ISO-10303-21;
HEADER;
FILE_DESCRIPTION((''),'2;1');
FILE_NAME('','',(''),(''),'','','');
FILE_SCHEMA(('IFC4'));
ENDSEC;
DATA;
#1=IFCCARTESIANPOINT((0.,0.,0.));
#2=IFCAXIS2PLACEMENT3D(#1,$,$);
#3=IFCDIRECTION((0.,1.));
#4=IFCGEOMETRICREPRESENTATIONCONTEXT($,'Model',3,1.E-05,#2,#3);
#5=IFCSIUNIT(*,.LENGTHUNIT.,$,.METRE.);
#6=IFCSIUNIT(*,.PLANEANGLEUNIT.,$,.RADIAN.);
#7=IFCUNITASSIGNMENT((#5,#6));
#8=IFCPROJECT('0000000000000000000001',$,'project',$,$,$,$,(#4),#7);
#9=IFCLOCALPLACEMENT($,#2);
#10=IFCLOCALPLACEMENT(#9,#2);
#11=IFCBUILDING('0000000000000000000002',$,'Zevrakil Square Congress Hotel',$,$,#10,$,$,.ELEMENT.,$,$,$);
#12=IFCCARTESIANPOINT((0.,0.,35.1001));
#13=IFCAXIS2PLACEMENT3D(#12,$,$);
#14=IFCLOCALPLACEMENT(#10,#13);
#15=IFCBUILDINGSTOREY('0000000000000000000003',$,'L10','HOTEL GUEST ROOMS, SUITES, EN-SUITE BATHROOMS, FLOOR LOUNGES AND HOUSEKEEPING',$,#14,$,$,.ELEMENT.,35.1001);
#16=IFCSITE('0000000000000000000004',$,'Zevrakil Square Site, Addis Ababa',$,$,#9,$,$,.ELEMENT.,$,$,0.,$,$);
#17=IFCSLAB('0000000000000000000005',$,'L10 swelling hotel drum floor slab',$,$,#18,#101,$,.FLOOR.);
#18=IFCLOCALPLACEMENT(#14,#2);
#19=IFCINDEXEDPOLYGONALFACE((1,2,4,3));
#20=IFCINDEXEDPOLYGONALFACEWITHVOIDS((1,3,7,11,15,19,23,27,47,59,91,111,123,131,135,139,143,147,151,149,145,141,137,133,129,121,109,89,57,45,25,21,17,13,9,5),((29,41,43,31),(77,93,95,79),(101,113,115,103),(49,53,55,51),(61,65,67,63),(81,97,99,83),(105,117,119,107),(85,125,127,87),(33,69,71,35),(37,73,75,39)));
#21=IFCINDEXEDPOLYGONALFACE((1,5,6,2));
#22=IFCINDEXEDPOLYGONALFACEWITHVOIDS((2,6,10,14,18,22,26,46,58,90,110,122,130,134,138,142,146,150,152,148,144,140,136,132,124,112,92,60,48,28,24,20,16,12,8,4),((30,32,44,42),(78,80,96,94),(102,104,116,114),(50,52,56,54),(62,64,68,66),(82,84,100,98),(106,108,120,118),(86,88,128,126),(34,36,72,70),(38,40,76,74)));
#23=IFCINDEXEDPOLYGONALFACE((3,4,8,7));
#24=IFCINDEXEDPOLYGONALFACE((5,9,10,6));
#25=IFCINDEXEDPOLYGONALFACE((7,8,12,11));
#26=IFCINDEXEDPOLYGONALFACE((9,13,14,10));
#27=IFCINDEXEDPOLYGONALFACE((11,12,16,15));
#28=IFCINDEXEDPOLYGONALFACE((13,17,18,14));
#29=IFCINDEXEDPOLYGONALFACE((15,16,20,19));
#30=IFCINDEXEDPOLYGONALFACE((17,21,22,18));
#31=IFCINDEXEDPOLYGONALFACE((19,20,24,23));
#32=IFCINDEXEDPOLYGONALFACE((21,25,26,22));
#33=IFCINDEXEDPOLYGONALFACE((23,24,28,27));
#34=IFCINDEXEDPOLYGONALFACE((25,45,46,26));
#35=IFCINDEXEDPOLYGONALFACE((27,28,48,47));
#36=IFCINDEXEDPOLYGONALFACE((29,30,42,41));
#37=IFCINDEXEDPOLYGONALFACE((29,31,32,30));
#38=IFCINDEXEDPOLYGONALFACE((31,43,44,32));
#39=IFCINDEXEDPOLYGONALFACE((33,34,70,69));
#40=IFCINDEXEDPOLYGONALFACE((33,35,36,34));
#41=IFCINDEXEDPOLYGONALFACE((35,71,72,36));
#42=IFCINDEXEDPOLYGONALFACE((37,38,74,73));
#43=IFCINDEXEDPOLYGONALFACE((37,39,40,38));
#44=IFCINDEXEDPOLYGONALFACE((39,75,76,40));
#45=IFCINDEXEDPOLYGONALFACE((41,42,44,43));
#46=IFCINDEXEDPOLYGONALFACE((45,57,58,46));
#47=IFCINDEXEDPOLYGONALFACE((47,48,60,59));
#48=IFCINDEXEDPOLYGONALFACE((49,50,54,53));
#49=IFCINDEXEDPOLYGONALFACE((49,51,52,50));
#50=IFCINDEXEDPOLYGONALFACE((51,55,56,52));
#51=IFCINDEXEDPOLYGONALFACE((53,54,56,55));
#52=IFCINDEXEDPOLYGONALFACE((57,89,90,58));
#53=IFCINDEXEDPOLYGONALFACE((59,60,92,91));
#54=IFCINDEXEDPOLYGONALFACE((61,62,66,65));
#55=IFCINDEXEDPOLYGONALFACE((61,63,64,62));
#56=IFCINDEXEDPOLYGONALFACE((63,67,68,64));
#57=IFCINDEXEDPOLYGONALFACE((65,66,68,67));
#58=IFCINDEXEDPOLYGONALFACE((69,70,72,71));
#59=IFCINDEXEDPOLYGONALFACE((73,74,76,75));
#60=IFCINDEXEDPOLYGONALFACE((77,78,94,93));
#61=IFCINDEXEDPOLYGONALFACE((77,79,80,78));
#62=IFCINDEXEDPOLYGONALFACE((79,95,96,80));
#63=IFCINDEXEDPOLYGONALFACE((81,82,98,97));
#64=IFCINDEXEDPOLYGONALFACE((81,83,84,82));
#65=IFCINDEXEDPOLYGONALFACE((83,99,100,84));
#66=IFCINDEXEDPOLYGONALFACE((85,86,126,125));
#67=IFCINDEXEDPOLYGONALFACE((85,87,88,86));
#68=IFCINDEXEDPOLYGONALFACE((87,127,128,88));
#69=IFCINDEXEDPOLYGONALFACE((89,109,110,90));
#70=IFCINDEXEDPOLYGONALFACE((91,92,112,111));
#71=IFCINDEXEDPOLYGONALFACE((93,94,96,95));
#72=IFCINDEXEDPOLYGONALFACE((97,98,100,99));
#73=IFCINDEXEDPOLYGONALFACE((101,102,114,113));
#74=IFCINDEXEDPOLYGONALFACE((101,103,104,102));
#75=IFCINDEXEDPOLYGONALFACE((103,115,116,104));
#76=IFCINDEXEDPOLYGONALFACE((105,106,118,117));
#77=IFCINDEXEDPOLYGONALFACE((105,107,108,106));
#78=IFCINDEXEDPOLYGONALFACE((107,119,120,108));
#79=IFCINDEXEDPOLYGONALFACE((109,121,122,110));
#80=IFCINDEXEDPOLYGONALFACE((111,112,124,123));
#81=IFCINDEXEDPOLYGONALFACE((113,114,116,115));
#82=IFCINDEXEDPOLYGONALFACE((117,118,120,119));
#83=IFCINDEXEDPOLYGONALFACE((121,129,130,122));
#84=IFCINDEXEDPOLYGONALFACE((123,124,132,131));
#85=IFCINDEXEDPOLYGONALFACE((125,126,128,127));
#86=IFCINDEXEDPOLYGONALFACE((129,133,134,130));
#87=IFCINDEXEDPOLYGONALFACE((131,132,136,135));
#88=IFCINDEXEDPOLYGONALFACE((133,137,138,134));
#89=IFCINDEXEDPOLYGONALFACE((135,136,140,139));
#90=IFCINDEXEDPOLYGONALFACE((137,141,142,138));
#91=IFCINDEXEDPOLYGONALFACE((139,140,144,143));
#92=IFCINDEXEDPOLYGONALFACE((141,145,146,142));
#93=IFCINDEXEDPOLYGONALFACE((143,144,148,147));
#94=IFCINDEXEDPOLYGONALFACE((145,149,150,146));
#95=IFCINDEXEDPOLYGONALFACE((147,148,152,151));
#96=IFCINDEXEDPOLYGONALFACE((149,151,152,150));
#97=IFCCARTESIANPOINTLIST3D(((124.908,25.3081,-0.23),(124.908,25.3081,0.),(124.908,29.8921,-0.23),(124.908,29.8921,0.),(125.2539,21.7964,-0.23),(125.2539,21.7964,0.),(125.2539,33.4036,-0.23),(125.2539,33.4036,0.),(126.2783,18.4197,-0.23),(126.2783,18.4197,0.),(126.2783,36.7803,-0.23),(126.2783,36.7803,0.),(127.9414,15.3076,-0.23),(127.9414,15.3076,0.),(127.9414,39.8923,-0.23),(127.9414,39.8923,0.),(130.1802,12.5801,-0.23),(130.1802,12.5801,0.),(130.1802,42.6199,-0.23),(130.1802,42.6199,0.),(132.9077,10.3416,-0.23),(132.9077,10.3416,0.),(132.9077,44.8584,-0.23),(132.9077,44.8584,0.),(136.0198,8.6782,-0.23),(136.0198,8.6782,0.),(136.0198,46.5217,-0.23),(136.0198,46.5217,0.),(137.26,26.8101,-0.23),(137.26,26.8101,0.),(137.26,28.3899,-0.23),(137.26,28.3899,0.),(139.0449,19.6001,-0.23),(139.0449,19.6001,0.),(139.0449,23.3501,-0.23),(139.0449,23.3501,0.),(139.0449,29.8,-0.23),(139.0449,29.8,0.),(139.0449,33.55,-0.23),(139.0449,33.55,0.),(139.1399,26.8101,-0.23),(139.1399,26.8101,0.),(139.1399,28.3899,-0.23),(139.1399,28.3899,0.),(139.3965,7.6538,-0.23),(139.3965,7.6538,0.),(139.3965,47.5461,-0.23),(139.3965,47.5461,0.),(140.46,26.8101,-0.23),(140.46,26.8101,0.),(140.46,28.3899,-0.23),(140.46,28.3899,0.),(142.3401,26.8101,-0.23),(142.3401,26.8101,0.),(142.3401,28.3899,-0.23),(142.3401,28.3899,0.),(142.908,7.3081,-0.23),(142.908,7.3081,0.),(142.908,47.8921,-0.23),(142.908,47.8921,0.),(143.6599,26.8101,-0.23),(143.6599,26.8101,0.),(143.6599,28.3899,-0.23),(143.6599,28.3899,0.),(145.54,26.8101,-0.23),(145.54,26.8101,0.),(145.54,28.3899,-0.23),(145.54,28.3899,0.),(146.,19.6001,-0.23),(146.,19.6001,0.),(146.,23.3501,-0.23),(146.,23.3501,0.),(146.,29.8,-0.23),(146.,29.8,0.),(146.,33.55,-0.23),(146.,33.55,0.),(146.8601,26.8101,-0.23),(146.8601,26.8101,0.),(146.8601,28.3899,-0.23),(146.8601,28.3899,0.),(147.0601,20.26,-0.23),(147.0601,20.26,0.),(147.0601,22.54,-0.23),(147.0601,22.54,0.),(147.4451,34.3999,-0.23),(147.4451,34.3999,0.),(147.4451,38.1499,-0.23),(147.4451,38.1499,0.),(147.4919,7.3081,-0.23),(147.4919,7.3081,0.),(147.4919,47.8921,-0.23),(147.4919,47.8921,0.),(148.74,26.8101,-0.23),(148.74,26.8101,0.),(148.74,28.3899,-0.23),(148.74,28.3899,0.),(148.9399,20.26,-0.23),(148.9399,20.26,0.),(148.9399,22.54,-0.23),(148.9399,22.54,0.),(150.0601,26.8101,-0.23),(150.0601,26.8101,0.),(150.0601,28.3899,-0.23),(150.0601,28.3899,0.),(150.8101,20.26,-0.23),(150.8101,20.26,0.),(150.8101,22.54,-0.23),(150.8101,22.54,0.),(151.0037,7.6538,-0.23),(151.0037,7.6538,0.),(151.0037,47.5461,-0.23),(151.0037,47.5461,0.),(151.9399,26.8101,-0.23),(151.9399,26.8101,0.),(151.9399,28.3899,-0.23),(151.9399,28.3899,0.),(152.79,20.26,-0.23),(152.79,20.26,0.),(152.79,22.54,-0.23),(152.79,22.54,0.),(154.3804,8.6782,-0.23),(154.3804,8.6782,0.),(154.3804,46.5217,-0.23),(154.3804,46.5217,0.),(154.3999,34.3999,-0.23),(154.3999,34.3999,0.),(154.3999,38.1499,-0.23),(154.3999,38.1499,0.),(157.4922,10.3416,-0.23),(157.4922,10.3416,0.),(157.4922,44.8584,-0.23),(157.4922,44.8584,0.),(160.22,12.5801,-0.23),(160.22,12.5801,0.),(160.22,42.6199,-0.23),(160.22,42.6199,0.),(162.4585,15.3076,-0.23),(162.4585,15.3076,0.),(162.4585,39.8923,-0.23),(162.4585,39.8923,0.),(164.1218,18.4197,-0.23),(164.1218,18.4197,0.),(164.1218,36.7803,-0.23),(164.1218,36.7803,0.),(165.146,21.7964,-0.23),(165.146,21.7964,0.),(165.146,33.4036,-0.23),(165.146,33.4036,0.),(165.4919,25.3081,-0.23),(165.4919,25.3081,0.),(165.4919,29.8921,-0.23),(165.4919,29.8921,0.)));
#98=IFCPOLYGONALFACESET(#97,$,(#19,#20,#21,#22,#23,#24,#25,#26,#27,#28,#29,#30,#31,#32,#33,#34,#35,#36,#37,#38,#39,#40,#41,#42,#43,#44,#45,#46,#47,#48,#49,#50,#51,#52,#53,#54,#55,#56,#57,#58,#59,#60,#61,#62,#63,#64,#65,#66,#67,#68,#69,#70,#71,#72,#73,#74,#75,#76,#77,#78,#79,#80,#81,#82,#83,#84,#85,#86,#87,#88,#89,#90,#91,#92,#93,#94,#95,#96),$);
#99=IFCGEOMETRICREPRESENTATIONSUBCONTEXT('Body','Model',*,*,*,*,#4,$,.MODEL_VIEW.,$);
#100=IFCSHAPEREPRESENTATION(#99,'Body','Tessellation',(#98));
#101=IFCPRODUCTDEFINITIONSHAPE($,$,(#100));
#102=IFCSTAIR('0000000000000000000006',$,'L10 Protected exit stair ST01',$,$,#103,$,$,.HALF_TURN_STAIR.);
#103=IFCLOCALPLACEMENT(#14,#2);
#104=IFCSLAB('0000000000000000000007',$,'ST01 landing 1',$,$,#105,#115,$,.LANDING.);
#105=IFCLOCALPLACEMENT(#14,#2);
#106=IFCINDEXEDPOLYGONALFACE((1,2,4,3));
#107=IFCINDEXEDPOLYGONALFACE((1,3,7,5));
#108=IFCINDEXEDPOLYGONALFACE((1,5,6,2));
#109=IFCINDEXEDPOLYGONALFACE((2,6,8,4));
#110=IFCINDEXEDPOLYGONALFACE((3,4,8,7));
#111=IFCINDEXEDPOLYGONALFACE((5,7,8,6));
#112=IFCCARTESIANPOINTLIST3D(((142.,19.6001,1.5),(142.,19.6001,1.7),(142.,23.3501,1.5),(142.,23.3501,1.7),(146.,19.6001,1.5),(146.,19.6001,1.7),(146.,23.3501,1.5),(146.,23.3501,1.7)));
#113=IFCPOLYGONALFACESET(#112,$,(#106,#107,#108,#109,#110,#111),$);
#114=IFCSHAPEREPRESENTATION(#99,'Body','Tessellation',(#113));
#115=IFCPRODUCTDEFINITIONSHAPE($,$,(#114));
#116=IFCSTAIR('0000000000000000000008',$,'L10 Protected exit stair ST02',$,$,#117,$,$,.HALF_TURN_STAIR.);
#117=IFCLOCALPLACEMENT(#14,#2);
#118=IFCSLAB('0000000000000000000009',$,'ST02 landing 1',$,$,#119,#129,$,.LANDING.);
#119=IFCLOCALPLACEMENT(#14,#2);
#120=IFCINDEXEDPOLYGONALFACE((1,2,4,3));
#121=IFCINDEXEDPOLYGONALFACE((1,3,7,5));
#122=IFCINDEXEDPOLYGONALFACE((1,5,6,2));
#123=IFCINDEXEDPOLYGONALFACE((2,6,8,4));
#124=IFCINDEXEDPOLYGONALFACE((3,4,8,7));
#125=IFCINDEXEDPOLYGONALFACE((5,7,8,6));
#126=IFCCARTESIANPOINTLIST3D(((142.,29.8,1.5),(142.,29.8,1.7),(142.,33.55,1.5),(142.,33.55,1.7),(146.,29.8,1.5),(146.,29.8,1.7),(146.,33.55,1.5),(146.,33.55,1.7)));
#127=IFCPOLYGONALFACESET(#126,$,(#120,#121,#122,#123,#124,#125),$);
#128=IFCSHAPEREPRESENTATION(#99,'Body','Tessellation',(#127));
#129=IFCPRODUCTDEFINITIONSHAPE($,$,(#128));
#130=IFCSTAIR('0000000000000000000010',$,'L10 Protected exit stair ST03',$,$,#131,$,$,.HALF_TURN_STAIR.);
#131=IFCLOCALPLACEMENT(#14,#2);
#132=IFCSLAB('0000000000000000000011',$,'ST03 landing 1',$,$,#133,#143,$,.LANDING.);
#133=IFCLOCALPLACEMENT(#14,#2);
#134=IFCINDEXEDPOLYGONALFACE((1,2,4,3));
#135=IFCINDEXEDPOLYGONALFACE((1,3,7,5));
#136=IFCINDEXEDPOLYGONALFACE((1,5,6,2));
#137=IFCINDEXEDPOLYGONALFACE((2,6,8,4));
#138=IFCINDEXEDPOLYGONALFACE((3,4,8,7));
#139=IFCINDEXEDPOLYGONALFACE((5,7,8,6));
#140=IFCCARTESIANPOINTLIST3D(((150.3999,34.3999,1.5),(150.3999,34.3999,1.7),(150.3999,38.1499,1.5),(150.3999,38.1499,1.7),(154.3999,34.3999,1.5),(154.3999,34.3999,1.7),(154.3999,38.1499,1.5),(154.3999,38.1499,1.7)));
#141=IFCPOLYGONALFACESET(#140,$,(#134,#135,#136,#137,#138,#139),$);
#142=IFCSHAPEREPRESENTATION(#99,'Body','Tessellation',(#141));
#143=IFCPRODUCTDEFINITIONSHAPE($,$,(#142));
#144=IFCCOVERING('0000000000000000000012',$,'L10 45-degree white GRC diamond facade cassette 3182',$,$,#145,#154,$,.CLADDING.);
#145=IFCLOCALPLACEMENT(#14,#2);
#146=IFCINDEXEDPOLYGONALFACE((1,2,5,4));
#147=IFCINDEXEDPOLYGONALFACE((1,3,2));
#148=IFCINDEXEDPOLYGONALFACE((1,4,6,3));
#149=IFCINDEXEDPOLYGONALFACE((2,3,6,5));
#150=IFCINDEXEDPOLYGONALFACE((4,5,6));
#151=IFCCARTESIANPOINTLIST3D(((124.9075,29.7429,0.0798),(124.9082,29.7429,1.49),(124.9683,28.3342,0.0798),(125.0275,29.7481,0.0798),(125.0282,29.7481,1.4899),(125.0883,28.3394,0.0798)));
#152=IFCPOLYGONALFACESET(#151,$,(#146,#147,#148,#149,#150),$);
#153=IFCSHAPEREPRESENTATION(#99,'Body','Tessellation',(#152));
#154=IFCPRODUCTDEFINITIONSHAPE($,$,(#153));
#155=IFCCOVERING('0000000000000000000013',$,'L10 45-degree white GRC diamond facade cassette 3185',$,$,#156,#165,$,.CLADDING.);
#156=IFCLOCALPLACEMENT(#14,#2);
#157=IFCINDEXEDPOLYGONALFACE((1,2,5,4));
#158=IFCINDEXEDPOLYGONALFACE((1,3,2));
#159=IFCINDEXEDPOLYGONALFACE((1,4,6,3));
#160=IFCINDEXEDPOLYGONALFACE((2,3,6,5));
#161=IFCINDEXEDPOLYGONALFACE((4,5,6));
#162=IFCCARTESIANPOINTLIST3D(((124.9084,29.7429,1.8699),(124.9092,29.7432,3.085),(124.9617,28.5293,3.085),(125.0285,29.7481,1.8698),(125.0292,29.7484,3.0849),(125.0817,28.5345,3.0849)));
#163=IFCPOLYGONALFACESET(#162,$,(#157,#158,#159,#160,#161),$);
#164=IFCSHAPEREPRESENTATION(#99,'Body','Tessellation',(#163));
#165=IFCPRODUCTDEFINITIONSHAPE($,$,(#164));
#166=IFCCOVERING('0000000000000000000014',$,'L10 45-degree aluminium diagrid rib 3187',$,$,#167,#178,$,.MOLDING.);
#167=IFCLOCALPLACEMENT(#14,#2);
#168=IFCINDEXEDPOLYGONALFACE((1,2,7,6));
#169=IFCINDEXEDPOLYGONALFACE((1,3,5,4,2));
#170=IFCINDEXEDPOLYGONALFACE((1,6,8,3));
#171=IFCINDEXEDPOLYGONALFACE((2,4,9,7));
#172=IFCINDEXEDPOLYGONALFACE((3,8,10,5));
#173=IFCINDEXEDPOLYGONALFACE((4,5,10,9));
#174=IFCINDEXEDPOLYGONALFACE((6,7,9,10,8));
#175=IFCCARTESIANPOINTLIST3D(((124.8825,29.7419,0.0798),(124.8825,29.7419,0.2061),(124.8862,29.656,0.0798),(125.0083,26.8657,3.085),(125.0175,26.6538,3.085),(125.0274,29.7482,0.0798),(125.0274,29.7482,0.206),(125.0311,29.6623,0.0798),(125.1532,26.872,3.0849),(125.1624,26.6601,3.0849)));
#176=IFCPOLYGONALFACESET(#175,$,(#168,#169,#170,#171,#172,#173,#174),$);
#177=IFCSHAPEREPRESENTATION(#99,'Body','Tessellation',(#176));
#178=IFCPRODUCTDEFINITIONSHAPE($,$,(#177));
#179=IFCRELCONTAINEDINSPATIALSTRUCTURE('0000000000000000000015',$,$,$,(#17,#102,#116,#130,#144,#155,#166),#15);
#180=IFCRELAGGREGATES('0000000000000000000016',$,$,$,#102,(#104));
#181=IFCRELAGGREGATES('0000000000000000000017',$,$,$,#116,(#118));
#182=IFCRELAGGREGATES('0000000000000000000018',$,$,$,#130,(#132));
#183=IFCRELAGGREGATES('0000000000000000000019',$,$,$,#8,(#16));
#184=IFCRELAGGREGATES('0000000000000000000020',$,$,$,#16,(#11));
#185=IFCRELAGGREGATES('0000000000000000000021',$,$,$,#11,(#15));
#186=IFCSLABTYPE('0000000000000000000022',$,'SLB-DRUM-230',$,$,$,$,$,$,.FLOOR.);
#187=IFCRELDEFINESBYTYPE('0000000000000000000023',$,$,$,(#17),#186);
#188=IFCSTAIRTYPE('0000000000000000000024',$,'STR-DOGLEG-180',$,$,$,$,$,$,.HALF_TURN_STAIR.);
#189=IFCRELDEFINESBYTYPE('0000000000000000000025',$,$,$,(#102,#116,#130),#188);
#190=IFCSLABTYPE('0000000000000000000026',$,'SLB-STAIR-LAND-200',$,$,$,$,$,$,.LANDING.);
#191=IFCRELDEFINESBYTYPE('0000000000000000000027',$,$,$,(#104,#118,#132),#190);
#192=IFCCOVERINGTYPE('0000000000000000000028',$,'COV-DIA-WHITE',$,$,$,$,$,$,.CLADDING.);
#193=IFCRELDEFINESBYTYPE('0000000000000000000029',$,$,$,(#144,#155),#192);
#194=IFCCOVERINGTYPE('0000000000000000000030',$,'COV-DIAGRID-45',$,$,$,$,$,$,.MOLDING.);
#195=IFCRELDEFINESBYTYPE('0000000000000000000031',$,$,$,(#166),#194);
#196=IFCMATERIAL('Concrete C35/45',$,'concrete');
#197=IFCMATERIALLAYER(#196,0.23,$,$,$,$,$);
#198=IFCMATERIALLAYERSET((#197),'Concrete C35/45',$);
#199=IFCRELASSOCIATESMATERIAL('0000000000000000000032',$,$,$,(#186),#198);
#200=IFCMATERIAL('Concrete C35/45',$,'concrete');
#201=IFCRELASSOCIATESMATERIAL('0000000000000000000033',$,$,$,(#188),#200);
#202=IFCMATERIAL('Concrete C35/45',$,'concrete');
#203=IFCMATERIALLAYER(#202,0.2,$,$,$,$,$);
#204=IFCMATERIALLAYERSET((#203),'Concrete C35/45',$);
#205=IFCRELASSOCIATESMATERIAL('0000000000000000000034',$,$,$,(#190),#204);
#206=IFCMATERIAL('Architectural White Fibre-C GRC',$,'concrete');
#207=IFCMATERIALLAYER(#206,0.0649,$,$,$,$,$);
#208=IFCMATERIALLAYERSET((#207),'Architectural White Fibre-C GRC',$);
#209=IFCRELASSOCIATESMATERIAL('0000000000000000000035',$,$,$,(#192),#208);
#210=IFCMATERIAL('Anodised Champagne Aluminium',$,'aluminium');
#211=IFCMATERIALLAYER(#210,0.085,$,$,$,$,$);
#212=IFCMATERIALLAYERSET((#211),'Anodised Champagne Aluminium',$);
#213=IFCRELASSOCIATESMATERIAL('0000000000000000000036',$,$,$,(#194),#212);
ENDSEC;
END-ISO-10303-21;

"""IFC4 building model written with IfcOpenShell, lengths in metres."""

from ifc_helpers import new_model, si_unit, direction, frame, origin, place, context, subcontext, project, spatial, polyline, outline, extrude, material, layer, layer_set, type_object, element, aggregate, save


model = new_model("IFC4")

# Units and contexts
model_context = context("Model", 3, precision=1e-05, world=origin(), true_north=direction((0.0, 1.0)))
body_context = subcontext(model_context, "Body", "Model", "MODEL_VIEW")
ifc_project = project(units=[si_unit("LENGTHUNIT", "METRE"), si_unit("PLANEANGLEUNIT", "RADIAN")], contexts=[model_context])

# Site, building, storey
site_placement = place(None, origin())
site = spatial("IfcSite", under=ifc_project, at=site_placement, Name="Zevrakil Square Site, Addis Ababa", CompositionType="ELEMENT", RefElevation=0.0)
building_placement = place(site_placement, origin())
building = spatial("IfcBuilding", under=site, at=building_placement, Name="Zevrakil Square Congress Hotel", CompositionType="ELEMENT")
storey_placement = place(building_placement, frame((0.0, 0.0, 35.1001)))
storey = spatial("IfcBuildingStorey", under=building, at=storey_placement, Name="L10", Description="HOTEL GUEST ROOMS, SUITES, EN-SUITE BATHROOMS, FLOOR LOUNGES AND HOUSEKEEPING", CompositionType="ELEMENT", Elevation=35.1001)

# Slab
ifc_material_1 = material(Name="Concrete C35/45", Category="concrete")
ifc_layer_1 = layer(ifc_material_1, 0.23)
ifc_layer_set_1 = layer_set([ifc_layer_1], Name="Concrete C35/45")
slab_type_1 = type_object("IfcSlabType", Name="SLB-DRUM-230", PredefinedType="FLOOR", material=ifc_layer_set_1)
slab_1_placement = place(storey_placement, frame((0.0, 0.0, -0.23)))
element("IfcSlab", 1, at=slab_1_placement, inside=storey, type_object=slab_type_1, Name="L10 swelling hotel drum floor slab", PredefinedType="FLOOR", context=body_context, shape_type="SweptSolid", body=[
    extrude(outline(polyline([(147.4919, 7.3081), (151.0037, 7.6538), (154.3804, 8.6782), (157.4922, 10.3416), (160.22, 12.5801), (162.4585, 15.3076), (164.1218, 18.4197), (165.146, 21.7964), (165.4919, 25.3081), (165.4919, 29.8921), (165.146, 33.4036), (164.1218, 36.7803), (162.4585, 39.8923), (160.22, 42.6199), (157.4922, 44.8584), (154.3804, 46.5217), (151.0037, 47.5461), (147.4919, 47.8921), (142.908, 47.8921), (139.3965, 47.5461), (136.0198, 46.5217), (132.9077, 44.8584), (130.1802, 42.6199), (127.9414, 39.8923), (126.2783, 36.7803), (125.2539, 33.4036), (124.908, 29.8921), (124.908, 25.3081), (125.2539, 21.7964), (126.2783, 18.4197), (127.9414, 15.3076), (130.1802, 12.5801), (132.9077, 10.3416), (136.0198, 8.6782), (139.3965, 7.6538), (142.908, 7.3081), (147.4919, 7.3081)]), holes=[polyline([(139.0449, 19.6001), (146.0, 19.6001), (146.0, 23.3501), (139.0449, 23.3501), (139.0449, 19.6001)]), polyline([(139.0449, 29.8), (146.0, 29.8), (146.0, 33.55), (139.0449, 33.55), (139.0449, 29.8)]), polyline([(147.4451, 34.3999), (154.3999, 34.3999), (154.3999, 38.1499), (147.4451, 38.1499), (147.4451, 34.3999)]), polyline([(137.26, 26.8101), (139.1399, 26.8101), (139.1399, 28.3899), (137.26, 28.3899), (137.26, 26.8101)]), polyline([(140.46, 26.8101), (142.3401, 26.8101), (142.3401, 28.3899), (140.46, 28.3899), (140.46, 26.8101)]), polyline([(143.6599, 26.8101), (145.54, 26.8101), (145.54, 28.3899), (143.6599, 28.3899), (143.6599, 26.8101)]), polyline([(146.8601, 26.8101), (148.74, 26.8101), (148.74, 28.3899), (146.8601, 28.3899), (146.8601, 26.8101)]), polyline([(150.0601, 26.8101), (151.9399, 26.8101), (151.9399, 28.3899), (150.0601, 28.3899), (150.0601, 26.8101)]), polyline([(147.0601, 20.26), (148.9399, 20.26), (148.9399, 22.54), (147.0601, 22.54), (147.0601, 20.26)]), polyline([(150.8101, 20.26), (152.79, 20.26), (152.79, 22.54), (150.8101, 22.54), (150.8101, 20.26)])]), origin(), (0.0, 0.0, 1.0), 0.23),
])

# Stairs, slabs
ifc_material_2 = material(Name="Concrete C35/45", Category="concrete")
stair_type = type_object("IfcStairType", Name="STR-DOGLEG-180", PredefinedType="HALF_TURN_STAIR", material=ifc_material_2)
stair_1_placement = place(storey_placement, origin())
stair_1 = element("IfcStair", 2, at=stair_1_placement, inside=storey, type_object=stair_type, Name="L10 Protected exit stair ST01", PredefinedType="HALF_TURN_STAIR")
ifc_material_3 = material(Name="Concrete C35/45", Category="concrete")
ifc_layer_2 = layer(ifc_material_3, 0.2)
ifc_layer_set_2 = layer_set([ifc_layer_2], Name="Concrete C35/45")
slab_type_2 = type_object("IfcSlabType", Name="SLB-STAIR-LAND-200", PredefinedType="LANDING", material=ifc_layer_set_2)
slab_2_placement = place(storey_placement, frame((0.0, 0.0, 1.5)))
slab_2 = element("IfcSlab", 3, at=slab_2_placement, type_object=slab_type_2, Name="ST01 landing 1", PredefinedType="LANDING", context=body_context, shape_type="SweptSolid", body=[
    extrude(outline(polyline([(142.0, 19.6001), (146.0, 19.6001), (146.0, 23.3501), (142.0, 23.3501), (142.0, 19.6001)])), origin(), (0.0, 0.0, 1.0), 0.2),
])
aggregate(stair_1, [slab_2])
stair_2_placement = place(storey_placement, origin())
stair_2 = element("IfcStair", 4, at=stair_2_placement, inside=storey, type_object=stair_type, Name="L10 Protected exit stair ST02", PredefinedType="HALF_TURN_STAIR")
slab_3_placement = place(storey_placement, frame((0.0, 0.0, 1.5)))
slab_3 = element("IfcSlab", 5, at=slab_3_placement, type_object=slab_type_2, Name="ST02 landing 1", PredefinedType="LANDING", context=body_context, shape_type="SweptSolid", body=[
    extrude(outline(polyline([(142.0, 29.8), (146.0, 29.8), (146.0, 33.55), (142.0, 33.55), (142.0, 29.8)])), origin(), (0.0, 0.0, 1.0), 0.2),
])
aggregate(stair_2, [slab_3])
stair_3_placement = place(storey_placement, origin())
stair_3 = element("IfcStair", 6, at=stair_3_placement, inside=storey, type_object=stair_type, Name="L10 Protected exit stair ST03", PredefinedType="HALF_TURN_STAIR")
slab_4_placement = place(storey_placement, frame((0.0, 0.0, 1.5)))
slab_4 = element("IfcSlab", 7, at=slab_4_placement, type_object=slab_type_2, Name="ST03 landing 1", PredefinedType="LANDING", context=body_context, shape_type="SweptSolid", body=[
    extrude(outline(polyline([(150.3999, 34.3999), (154.3999, 34.3999), (154.3999, 38.1499), (150.3999, 38.1499), (150.3999, 34.3999)])), origin(), (0.0, 0.0, 1.0), 0.2),
])
aggregate(stair_3, [slab_4])

# Coverings
ifc_material_4 = material(Name="Architectural White Fibre-C GRC", Category="concrete")
ifc_layer_3 = layer(ifc_material_4, 0.0649)
ifc_layer_set_3 = layer_set([ifc_layer_3], Name="Architectural White Fibre-C GRC")
covering_type_1 = type_object("IfcCoveringType", Name="COV-DIA-WHITE", PredefinedType="CLADDING", material=ifc_layer_set_3)
covering_1_placement = place(storey_placement, frame((124.9683, 28.3342, 0.0798), z_axis=(-0.99907, -0.043114, 0.000519), x_axis=(-0.043114, 0.99907, 0.0)))
element("IfcCovering", 8, at=covering_1_placement, inside=storey, type_object=covering_type_1, Name="L10 45-degree white GRC diamond facade cassette 3182", PredefinedType="CLADDING", context=body_context, shape_type="SweptSolid", body=[
    extrude(outline(polyline([(0.0, 0.0), (1.41, 0.0), (1.41, -1.4102), (0.0, 0.0)])), origin(), (0.0, 0.0, -1.0), 0.1201),
])
covering_2_placement = place(storey_placement, frame((124.9084, 29.7429, 1.8699), z_axis=(-0.999066, -0.043202, 0.000611), x_axis=(0.000603, 0.000201, 1.0)))
element("IfcCovering", 9, at=covering_2_placement, inside=storey, type_object=covering_type_1, Name="L10 45-degree white GRC diamond facade cassette 3185", PredefinedType="CLADDING", context=body_context, shape_type="SweptSolid", body=[
    extrude(outline(polyline([(0.0, 0.0), (1.2151, 0.0), (1.2149, -1.215), (0.0, 0.0)])), origin(), (0.0, 0.0, -1.0), 0.1201),
])
ifc_material_5 = material(Name="Anodised Champagne Aluminium", Category="aluminium")
ifc_layer_4 = layer(ifc_material_5, 0.085)
ifc_layer_set_4 = layer_set([ifc_layer_4], Name="Anodised Champagne Aluminium")
covering_type_2 = type_object("IfcCoveringType", Name="COV-DIAGRID-45", PredefinedType="MOLDING", material=ifc_layer_set_4)
covering_3_placement = place(storey_placement, frame((124.8862, 29.656, 0.0798), z_axis=(-0.999054, -0.04348, 0.000202), x_axis=(-0.04348, 0.999054, 0.0)))
element("IfcCovering", 10, at=covering_3_placement, inside=storey, type_object=covering_type_2, Name="L10 45-degree aluminium diagrid rib 3187", PredefinedType="MOLDING", context=body_context, shape_type="SweptSolid", body=[
    extrude(outline(polyline([(0.0, 0.0), (0.086, 0.0), (0.086, -0.1262), (-2.793, -3.0051), (-3.0051, -3.0051), (0.0, 0.0)])), origin(), (0.0, 0.0, -1.0), 0.145),
])

save(model, "model.ifc")
